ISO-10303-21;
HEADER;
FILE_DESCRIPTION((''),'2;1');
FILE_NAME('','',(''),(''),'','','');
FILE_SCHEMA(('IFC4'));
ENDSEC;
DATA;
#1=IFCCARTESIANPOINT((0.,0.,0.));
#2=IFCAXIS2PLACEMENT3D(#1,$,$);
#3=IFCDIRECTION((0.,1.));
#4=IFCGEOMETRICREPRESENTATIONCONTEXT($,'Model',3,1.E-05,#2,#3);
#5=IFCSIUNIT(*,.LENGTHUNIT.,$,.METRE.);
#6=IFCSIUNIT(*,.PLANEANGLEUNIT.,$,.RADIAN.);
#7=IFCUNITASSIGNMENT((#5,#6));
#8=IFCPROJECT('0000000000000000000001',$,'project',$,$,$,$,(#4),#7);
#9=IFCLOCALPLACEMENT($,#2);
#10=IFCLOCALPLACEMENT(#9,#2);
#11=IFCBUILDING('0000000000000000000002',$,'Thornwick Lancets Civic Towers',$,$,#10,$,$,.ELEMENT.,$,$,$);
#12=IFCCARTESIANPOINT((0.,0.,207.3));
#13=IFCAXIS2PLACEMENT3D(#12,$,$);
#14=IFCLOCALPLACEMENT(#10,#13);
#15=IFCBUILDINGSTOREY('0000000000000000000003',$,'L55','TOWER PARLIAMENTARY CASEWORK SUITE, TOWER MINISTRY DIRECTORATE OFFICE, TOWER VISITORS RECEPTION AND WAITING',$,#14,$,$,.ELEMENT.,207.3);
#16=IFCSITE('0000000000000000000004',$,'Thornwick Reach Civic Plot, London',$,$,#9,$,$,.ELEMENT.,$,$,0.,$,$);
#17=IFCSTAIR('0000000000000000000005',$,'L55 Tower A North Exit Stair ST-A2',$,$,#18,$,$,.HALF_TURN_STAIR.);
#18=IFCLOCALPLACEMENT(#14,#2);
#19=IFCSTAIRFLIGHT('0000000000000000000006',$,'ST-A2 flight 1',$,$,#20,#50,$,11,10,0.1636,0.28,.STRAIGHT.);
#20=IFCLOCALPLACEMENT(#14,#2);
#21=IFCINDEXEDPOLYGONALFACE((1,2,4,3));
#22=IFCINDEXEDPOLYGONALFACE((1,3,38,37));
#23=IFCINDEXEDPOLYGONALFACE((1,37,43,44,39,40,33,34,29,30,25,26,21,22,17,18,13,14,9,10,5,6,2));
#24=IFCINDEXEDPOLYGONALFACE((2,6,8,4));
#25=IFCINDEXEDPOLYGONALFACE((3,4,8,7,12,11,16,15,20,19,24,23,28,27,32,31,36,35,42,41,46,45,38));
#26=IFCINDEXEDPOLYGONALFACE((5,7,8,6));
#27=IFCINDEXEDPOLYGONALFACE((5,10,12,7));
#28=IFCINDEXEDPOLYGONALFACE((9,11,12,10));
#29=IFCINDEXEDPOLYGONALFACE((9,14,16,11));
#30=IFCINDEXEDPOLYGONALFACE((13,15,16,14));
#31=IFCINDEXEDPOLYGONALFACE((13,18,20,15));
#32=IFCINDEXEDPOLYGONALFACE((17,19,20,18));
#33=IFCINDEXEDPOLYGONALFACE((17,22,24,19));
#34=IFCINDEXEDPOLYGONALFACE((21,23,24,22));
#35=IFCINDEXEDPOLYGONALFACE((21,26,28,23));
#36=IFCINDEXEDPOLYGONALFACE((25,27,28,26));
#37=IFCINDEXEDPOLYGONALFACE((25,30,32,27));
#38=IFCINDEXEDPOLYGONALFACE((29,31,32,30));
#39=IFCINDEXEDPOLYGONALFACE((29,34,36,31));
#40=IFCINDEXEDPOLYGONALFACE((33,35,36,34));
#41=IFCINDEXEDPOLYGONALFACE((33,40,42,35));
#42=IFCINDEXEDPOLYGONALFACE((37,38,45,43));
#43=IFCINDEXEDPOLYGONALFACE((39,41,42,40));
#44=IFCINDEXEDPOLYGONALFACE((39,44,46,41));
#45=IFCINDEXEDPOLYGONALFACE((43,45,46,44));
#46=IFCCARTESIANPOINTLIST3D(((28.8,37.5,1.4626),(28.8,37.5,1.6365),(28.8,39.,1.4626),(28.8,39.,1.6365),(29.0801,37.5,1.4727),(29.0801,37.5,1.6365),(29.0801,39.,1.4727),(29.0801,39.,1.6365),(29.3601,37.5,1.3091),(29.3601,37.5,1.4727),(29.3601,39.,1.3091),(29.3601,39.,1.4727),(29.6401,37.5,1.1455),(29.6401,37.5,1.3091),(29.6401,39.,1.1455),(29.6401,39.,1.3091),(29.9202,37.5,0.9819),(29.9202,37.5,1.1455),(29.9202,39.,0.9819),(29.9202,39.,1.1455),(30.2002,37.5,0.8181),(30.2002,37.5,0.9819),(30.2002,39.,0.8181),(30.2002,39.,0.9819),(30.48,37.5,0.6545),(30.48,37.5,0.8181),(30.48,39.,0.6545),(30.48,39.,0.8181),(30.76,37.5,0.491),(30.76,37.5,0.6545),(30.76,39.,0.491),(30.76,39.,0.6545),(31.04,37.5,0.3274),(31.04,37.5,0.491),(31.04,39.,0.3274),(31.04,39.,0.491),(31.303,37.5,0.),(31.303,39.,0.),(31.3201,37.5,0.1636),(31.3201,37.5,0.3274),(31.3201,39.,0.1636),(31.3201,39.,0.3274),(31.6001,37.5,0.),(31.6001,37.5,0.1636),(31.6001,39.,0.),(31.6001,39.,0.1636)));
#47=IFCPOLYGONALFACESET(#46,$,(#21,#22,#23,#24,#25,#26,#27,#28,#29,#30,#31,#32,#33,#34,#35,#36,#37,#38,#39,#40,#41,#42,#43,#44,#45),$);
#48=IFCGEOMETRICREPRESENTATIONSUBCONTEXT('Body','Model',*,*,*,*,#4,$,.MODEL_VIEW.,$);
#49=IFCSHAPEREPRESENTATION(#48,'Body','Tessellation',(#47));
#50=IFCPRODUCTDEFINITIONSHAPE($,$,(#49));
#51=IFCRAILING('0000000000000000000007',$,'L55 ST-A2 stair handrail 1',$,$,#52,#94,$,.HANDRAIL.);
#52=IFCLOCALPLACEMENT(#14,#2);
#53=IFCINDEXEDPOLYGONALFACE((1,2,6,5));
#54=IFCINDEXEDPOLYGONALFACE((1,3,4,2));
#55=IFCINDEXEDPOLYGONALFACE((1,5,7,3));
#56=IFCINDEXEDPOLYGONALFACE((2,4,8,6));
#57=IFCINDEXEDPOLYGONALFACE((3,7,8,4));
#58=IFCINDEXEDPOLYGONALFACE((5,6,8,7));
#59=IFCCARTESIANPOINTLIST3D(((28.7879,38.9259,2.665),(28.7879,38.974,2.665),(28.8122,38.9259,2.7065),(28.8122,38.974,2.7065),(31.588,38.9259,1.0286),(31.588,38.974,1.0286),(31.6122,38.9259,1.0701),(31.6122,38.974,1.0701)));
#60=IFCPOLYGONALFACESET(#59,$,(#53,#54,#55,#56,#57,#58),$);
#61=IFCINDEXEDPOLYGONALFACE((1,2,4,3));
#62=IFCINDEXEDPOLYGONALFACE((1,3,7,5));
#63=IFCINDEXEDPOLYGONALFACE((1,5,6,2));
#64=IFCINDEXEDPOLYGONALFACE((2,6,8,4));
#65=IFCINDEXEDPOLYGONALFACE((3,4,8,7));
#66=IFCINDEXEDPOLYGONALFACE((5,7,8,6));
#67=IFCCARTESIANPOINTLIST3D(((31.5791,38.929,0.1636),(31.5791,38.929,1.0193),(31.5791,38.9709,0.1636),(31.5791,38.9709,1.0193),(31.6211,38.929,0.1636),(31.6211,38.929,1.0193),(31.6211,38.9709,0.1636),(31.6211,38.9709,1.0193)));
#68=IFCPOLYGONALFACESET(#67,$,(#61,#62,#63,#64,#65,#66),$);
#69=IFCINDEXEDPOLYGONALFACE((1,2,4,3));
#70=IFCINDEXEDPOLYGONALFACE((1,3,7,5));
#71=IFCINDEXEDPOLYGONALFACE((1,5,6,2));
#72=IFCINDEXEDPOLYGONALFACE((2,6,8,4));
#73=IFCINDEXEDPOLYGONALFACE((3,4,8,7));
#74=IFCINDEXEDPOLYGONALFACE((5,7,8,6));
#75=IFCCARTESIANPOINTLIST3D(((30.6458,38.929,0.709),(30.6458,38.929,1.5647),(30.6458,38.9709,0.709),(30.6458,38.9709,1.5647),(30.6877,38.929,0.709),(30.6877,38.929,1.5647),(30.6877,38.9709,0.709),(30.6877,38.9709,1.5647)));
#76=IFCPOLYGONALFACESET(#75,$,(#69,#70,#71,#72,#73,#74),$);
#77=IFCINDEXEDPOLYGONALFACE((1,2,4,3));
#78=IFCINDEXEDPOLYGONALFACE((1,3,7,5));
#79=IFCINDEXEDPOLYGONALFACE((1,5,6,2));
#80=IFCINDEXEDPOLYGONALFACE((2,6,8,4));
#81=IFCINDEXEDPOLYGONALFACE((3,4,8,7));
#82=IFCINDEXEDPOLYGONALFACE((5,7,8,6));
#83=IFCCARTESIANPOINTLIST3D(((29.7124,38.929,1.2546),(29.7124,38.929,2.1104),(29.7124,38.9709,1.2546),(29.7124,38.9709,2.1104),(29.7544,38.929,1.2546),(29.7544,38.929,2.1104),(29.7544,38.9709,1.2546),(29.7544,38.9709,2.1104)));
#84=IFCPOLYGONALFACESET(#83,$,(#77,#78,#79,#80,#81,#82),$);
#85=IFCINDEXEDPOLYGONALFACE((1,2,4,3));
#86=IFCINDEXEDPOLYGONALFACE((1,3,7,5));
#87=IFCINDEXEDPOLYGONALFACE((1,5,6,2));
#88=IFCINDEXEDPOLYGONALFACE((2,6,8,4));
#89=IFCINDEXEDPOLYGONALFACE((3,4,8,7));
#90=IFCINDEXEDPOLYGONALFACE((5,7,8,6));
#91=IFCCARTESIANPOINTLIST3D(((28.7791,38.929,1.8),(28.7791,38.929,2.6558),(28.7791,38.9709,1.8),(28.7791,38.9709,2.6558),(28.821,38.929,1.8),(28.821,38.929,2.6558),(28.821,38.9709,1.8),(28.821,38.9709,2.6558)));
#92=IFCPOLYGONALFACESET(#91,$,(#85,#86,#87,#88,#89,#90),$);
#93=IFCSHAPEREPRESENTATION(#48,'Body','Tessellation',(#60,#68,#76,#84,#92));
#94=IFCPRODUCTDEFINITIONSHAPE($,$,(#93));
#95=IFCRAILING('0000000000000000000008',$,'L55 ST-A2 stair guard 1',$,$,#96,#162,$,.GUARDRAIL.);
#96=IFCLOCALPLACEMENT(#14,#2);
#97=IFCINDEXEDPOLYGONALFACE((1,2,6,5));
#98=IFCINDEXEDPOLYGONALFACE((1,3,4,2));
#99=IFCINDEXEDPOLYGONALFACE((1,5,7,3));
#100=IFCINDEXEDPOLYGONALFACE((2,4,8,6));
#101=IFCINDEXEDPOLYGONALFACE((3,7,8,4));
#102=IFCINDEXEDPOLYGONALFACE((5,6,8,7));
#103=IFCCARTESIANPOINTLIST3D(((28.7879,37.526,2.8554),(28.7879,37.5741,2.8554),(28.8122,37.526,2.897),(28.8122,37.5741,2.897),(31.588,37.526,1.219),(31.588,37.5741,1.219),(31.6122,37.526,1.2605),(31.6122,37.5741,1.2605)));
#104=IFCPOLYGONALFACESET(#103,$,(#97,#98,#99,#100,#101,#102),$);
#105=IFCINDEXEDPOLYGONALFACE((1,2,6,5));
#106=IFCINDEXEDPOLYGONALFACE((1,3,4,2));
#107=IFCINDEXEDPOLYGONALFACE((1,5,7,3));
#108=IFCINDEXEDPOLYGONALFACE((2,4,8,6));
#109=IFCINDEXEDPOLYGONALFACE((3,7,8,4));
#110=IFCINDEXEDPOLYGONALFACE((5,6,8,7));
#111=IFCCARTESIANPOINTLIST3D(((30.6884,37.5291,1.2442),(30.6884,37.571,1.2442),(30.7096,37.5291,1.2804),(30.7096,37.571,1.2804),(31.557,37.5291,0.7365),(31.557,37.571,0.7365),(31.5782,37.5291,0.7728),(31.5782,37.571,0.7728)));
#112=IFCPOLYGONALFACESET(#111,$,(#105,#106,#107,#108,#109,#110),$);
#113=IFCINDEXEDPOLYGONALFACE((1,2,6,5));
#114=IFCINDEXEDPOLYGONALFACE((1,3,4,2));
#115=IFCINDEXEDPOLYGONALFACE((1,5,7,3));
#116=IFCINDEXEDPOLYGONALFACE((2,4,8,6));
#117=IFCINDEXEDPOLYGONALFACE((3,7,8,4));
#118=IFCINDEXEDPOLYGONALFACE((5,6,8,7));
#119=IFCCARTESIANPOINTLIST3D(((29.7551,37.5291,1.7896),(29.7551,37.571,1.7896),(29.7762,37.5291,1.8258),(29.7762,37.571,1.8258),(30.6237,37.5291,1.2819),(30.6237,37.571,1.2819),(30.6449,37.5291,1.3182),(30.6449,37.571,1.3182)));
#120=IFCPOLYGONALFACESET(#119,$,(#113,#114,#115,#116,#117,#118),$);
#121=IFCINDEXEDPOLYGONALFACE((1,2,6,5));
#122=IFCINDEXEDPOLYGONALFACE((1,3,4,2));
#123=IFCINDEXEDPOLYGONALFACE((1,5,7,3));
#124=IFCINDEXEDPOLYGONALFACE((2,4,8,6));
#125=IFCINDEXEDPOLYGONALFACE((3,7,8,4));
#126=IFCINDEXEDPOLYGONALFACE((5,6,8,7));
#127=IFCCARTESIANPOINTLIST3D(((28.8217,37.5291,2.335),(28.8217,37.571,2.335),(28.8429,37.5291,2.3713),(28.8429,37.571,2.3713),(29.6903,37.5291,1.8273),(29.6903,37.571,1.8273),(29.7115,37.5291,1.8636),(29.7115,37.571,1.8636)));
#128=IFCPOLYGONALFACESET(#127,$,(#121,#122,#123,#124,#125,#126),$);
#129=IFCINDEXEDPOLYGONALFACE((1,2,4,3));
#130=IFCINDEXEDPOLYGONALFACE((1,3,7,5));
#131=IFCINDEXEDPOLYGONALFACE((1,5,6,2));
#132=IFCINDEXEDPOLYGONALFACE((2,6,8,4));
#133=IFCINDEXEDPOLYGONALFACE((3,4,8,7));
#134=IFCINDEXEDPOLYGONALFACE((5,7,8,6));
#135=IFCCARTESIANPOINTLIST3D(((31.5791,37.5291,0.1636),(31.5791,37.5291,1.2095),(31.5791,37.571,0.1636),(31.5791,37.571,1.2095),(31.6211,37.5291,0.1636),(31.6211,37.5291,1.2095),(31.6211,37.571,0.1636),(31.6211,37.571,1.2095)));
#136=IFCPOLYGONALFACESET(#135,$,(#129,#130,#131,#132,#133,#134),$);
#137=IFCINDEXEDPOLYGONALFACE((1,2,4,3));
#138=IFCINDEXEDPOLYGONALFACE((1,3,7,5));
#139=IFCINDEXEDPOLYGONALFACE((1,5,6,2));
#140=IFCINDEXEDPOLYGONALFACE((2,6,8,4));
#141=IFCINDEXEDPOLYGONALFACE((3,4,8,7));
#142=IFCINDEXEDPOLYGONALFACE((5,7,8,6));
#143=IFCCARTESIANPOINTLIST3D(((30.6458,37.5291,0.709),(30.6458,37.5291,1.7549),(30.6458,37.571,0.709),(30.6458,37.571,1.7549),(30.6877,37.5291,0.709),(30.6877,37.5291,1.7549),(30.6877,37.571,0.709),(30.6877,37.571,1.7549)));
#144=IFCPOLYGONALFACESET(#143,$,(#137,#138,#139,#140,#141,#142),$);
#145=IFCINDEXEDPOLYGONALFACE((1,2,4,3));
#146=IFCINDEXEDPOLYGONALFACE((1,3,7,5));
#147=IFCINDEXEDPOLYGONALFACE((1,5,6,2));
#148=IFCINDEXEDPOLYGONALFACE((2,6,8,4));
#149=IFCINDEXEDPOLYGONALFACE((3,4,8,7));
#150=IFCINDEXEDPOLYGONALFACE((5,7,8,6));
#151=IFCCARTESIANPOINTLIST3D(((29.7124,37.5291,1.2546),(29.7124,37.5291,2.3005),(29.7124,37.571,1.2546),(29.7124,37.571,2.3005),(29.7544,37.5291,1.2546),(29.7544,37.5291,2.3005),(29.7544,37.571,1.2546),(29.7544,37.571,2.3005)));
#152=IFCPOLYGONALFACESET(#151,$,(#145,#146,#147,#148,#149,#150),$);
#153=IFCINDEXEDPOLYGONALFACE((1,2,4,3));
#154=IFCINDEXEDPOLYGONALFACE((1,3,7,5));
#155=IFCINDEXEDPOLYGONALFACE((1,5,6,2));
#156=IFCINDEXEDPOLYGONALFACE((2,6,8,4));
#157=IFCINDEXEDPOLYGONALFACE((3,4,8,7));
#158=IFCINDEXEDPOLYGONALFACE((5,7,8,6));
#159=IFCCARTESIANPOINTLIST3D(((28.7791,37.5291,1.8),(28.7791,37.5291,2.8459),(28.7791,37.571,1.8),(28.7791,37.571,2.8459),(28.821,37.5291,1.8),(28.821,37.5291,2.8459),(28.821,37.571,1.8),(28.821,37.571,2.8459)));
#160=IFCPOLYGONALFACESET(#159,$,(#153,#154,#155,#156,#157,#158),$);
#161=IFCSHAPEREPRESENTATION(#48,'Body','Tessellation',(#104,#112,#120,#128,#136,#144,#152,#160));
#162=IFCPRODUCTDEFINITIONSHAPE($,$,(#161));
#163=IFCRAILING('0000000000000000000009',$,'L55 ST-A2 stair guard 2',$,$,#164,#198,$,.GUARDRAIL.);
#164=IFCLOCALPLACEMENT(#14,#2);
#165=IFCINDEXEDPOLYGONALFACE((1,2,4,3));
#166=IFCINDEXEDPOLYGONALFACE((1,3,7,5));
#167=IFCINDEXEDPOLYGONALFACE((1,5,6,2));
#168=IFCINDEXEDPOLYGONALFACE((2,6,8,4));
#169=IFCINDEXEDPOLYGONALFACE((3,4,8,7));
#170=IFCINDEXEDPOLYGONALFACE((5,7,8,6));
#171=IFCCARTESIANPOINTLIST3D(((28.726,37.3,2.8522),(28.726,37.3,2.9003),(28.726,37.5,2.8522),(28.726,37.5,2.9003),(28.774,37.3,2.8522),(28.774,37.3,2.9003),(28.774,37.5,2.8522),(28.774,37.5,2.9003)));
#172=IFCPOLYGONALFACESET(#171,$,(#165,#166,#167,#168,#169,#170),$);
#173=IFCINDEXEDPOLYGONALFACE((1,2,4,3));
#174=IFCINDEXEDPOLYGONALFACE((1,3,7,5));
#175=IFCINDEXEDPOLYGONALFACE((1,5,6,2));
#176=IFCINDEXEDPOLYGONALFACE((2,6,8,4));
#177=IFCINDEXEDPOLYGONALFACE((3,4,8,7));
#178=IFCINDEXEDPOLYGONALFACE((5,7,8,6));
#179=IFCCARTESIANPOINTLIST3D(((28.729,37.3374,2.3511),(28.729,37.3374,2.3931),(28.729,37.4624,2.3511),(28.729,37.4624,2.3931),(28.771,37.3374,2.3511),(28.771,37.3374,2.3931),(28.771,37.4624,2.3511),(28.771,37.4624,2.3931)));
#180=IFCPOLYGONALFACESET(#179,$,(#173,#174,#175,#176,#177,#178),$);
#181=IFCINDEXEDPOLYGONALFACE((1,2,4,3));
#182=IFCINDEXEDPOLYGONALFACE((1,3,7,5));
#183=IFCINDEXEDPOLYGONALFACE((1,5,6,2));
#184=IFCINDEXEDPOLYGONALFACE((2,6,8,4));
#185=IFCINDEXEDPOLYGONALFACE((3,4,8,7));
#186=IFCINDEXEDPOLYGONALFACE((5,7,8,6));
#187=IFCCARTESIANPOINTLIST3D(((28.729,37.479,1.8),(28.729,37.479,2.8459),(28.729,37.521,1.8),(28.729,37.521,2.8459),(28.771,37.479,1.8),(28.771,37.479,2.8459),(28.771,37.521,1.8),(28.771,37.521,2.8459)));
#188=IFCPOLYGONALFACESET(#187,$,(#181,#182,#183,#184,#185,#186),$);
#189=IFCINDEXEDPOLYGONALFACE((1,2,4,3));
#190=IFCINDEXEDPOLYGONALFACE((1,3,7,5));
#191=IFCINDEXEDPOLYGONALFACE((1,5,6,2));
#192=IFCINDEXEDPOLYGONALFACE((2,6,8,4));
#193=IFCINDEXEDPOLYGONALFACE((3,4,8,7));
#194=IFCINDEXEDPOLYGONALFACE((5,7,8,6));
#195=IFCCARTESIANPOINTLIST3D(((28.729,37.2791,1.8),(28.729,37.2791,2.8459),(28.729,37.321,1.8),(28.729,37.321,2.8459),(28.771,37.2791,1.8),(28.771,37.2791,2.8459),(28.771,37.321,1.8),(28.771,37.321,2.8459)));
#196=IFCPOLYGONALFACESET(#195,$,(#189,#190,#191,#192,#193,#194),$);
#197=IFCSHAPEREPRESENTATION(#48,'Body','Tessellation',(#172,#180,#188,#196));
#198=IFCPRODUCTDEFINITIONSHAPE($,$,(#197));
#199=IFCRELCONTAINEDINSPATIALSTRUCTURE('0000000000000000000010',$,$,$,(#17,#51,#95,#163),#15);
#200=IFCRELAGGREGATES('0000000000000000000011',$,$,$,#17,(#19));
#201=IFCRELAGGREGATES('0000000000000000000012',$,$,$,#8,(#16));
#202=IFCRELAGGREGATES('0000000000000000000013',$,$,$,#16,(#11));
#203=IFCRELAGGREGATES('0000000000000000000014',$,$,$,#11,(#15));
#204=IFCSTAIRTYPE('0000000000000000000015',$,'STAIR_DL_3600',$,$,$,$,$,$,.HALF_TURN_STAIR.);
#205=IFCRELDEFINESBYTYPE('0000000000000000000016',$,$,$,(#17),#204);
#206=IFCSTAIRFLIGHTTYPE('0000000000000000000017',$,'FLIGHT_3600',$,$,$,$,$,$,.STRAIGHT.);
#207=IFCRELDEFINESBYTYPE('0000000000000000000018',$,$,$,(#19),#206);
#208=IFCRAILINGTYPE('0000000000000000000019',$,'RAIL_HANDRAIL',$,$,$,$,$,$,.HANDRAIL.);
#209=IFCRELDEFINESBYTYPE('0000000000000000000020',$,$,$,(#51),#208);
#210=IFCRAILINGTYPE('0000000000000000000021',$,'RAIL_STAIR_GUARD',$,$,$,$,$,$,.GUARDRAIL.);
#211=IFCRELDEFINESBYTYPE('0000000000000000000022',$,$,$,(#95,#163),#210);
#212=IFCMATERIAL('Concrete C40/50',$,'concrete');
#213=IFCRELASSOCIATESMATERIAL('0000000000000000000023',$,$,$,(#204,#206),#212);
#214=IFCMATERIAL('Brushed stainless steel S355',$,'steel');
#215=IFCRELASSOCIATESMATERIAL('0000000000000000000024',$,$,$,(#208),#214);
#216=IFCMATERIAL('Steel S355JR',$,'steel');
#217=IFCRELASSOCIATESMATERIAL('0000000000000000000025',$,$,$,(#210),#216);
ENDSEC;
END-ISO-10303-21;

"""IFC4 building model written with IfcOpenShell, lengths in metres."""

from ifc_helpers import new_model, si_unit, direction, frame, origin, origin_2d, place, context, subcontext, project, spatial, polyline, rectangle, outline, extrude, material, type_object, element, aggregate, save


model = new_model("IFC4")

# Units and contexts
model_context = context("Model", 3, precision=1e-05, world=origin(), true_north=direction((0.0, 1.0)))
body_context = subcontext(model_context, "Body", "Model", "MODEL_VIEW")
ifc_project = project(units=[si_unit("LENGTHUNIT", "METRE"), si_unit("PLANEANGLEUNIT", "RADIAN")], contexts=[model_context])

# Site, building, storey
site_placement = place(None, origin())
site = spatial("IfcSite", under=ifc_project, at=site_placement, Name="Thornwick Reach Civic Plot, London", CompositionType="ELEMENT", RefElevation=0.0)
building_placement = place(site_placement, origin())
building = spatial("IfcBuilding", under=site, at=building_placement, Name="Thornwick Lancets Civic Towers", CompositionType="ELEMENT")
storey_placement = place(building_placement, frame((0.0, 0.0, 207.3)))
storey = spatial("IfcBuildingStorey", under=building, at=storey_placement, Name="L55", Description="TOWER PARLIAMENTARY CASEWORK SUITE, TOWER MINISTRY DIRECTORATE OFFICE, TOWER VISITORS RECEPTION AND WAITING", CompositionType="ELEMENT", Elevation=207.3)

# Shared definitions
ifc_material_1 = material(Name="Steel S355JR", Category="steel")

# Shared definitions
ifc_material_2 = material(Name="Concrete C40/50", Category="concrete")

# Stair, stair flight
stair_type = type_object("IfcStairType", Name="STAIR_DL_3600", PredefinedType="HALF_TURN_STAIR", material=ifc_material_2)
stair_placement = place(storey_placement, origin())
stair = element("IfcStair", 1, at=stair_placement, inside=storey, type_object=stair_type, Name="L55 Tower A North Exit Stair ST-A2", PredefinedType="HALF_TURN_STAIR")
stair_flight_type = type_object("IfcStairFlightType", Name="FLIGHT_3600", PredefinedType="STRAIGHT", material=ifc_material_2)
stair_flight_placement = place(storey_placement, frame((31.6001, 38.25, 0.0), z_axis=(0.0, 0.0, 1.0), x_axis=(-1.0, 0.0, 0.0)))
stair_flight = element("IfcStairFlight", 2, at=stair_flight_placement, type_object=stair_flight_type, Name="ST-A2 flight 1", NumberOfRisers=11, NumberOfTreads=10, PredefinedType="STRAIGHT", RiserHeight=0.1636, TreadLength=0.28, context=body_context, shape_type="SweptSolid", body=[
    extrude(outline(polyline([(0.0, 0.0), (0.0, 0.1636), (0.28, 0.1636), (0.28, 0.3274), (0.5601, 0.3274), (0.5601, 0.491), (0.8401, 0.491), (0.8401, 0.6545), (1.1201, 0.6545), (1.1201, 0.8181), (1.3999, 0.8181), (1.3999, 0.9819), (1.6799, 0.9819), (1.6799, 1.1455), (1.96, 1.1455), (1.96, 1.3091), (2.24, 1.3091), (2.24, 1.4727), (2.52, 1.4727), (2.52, 1.6365), (2.8, 1.6365), (2.8, 1.8), (2.8, 1.4626), (0.2971, 0.0), (0.0, 0.0)])), frame((0.0, 0.75, 0.0), z_axis=(0.0, -1.0, 0.0), x_axis=(1.0, 0.0, 0.0)), (0.0, 0.0, 1.0), 1.5),
])
aggregate(stair, [stair_flight])

# Railings
ifc_material_3 = material(Name="Brushed stainless steel S355", Category="steel")
railing_type_1 = type_object("IfcRailingType", Name="RAIL_HANDRAIL", PredefinedType="HANDRAIL", material=ifc_material_3)
railing_1_placement = place(storey_placement, frame((31.6001, 38.95, 0.1636)))
element("IfcRailing", 3, at=railing_1_placement, inside=storey, type_object=railing_type_1, Name="L55 ST-A2 stair handrail 1", PredefinedType="HANDRAIL", context=body_context, shape_type="SweptSolid", body=[
    extrude(rectangle(XDim=0.0481, YDim=0.0481, at=origin_2d()), frame((0.0, 0.0, 0.8857), z_axis=(-0.863361, 0.0, 0.504587), x_axis=(0.0, -1.0, 0.0)), (0.0, 0.0, 1.0), 3.2432),
    extrude(rectangle(XDim=0.042, YDim=0.042, at=origin_2d()), origin(), (0.0, 0.0, 1.0), 0.8557),
    extrude(rectangle(XDim=0.042, YDim=0.042, at=origin_2d()), frame((-0.9333, 0.0, 0.5454)), (0.0, 0.0, 1.0), 0.8557),
    extrude(rectangle(XDim=0.042, YDim=0.042, at=origin_2d()), frame((-1.8667, 0.0, 1.0911)), (0.0, 0.0, 1.0), 0.8557),
    extrude(rectangle(XDim=0.042, YDim=0.042, at=origin_2d()), frame((-2.8, 0.0, 1.6365)), (0.0, 0.0, 1.0), 0.8557),
])
railing_type_2 = type_object("IfcRailingType", Name="RAIL_STAIR_GUARD", PredefinedType="GUARDRAIL", material=ifc_material_1)
railing_2_placement = place(storey_placement, frame((31.6001, 37.55, 0.1636)))
element("IfcRailing", 4, at=railing_2_placement, inside=storey, type_object=railing_type_2, Name="L55 ST-A2 stair guard 1", PredefinedType="GUARDRAIL", context=body_context, shape_type="SweptSolid", body=[
    extrude(rectangle(XDim=0.0481, YDim=0.0481, at=origin_2d()), frame((0.0, 0.0, 1.0762), z_axis=(-0.863361, 0.0, 0.504587), x_axis=(0.0, -1.0, 0.0)), (0.0, 0.0, 1.0), 3.2432),
    extrude(rectangle(XDim=0.042, YDim=0.042, at=origin_2d()), frame((-0.0325, 0.0, 0.5911), z_axis=(-0.863361, 0.0, 0.504587), x_axis=(0.0, -1.0, 0.0)), (0.0, 0.0, 1.0), 1.0061),
    extrude(rectangle(XDim=0.042, YDim=0.042, at=origin_2d()), frame((-0.9658, 0.0, 1.1365), z_axis=(-0.863361, 0.0, 0.504587), x_axis=(0.0, -1.0, 0.0)), (0.0, 0.0, 1.0), 1.0061),
    extrude(rectangle(XDim=0.042, YDim=0.042, at=origin_2d()), frame((-1.8992, 0.0, 1.6819), z_axis=(-0.863361, 0.0, 0.504587), x_axis=(0.0, -1.0, 0.0)), (0.0, 0.0, 1.0), 1.0061),
    extrude(rectangle(XDim=0.042, YDim=0.042, at=origin_2d()), origin(), (0.0, 0.0, 1.0), 1.0459),
    extrude(rectangle(XDim=0.042, YDim=0.042, at=origin_2d()), frame((-0.9333, 0.0, 0.5454)), (0.0, 0.0, 1.0), 1.0459),
    extrude(rectangle(XDim=0.042, YDim=0.042, at=origin_2d()), frame((-1.8667, 0.0, 1.0911)), (0.0, 0.0, 1.0), 1.0459),
    extrude(rectangle(XDim=0.042, YDim=0.042, at=origin_2d()), frame((-2.8, 0.0, 1.6365)), (0.0, 0.0, 1.0), 1.0459),
])
railing_3_placement = place(storey_placement, frame((28.75, 37.5, 1.8)))
element("IfcRailing", 5, at=railing_3_placement, inside=storey, type_object=railing_type_2, Name="L55 ST-A2 stair guard 2", PredefinedType="GUARDRAIL", context=body_context, shape_type="SweptSolid", body=[
    extrude(rectangle(XDim=0.0481, YDim=0.0481, at=origin_2d()), frame((0.0, 0.0, 1.0762), z_axis=(0.0, -1.0, 0.0), x_axis=(1.0, 0.0, 0.0)), (0.0, 0.0, 1.0), 0.2),
    extrude(rectangle(XDim=0.042, YDim=0.042, at=origin_2d()), frame((0.0, -0.0376, 0.572), z_axis=(0.0, -1.0, 0.0), x_axis=(1.0, 0.0, 0.0)), (0.0, 0.0, 1.0), 0.125),
    extrude(rectangle(XDim=0.042, YDim=0.042, at=origin_2d()), origin(), (0.0, 0.0, 1.0), 1.0459),
    extrude(rectangle(XDim=0.042, YDim=0.042, at=origin_2d()), frame((0.0, -0.2, 0.0)), (0.0, 0.0, 1.0), 1.0459),
])

save(model, "model.ifc")
